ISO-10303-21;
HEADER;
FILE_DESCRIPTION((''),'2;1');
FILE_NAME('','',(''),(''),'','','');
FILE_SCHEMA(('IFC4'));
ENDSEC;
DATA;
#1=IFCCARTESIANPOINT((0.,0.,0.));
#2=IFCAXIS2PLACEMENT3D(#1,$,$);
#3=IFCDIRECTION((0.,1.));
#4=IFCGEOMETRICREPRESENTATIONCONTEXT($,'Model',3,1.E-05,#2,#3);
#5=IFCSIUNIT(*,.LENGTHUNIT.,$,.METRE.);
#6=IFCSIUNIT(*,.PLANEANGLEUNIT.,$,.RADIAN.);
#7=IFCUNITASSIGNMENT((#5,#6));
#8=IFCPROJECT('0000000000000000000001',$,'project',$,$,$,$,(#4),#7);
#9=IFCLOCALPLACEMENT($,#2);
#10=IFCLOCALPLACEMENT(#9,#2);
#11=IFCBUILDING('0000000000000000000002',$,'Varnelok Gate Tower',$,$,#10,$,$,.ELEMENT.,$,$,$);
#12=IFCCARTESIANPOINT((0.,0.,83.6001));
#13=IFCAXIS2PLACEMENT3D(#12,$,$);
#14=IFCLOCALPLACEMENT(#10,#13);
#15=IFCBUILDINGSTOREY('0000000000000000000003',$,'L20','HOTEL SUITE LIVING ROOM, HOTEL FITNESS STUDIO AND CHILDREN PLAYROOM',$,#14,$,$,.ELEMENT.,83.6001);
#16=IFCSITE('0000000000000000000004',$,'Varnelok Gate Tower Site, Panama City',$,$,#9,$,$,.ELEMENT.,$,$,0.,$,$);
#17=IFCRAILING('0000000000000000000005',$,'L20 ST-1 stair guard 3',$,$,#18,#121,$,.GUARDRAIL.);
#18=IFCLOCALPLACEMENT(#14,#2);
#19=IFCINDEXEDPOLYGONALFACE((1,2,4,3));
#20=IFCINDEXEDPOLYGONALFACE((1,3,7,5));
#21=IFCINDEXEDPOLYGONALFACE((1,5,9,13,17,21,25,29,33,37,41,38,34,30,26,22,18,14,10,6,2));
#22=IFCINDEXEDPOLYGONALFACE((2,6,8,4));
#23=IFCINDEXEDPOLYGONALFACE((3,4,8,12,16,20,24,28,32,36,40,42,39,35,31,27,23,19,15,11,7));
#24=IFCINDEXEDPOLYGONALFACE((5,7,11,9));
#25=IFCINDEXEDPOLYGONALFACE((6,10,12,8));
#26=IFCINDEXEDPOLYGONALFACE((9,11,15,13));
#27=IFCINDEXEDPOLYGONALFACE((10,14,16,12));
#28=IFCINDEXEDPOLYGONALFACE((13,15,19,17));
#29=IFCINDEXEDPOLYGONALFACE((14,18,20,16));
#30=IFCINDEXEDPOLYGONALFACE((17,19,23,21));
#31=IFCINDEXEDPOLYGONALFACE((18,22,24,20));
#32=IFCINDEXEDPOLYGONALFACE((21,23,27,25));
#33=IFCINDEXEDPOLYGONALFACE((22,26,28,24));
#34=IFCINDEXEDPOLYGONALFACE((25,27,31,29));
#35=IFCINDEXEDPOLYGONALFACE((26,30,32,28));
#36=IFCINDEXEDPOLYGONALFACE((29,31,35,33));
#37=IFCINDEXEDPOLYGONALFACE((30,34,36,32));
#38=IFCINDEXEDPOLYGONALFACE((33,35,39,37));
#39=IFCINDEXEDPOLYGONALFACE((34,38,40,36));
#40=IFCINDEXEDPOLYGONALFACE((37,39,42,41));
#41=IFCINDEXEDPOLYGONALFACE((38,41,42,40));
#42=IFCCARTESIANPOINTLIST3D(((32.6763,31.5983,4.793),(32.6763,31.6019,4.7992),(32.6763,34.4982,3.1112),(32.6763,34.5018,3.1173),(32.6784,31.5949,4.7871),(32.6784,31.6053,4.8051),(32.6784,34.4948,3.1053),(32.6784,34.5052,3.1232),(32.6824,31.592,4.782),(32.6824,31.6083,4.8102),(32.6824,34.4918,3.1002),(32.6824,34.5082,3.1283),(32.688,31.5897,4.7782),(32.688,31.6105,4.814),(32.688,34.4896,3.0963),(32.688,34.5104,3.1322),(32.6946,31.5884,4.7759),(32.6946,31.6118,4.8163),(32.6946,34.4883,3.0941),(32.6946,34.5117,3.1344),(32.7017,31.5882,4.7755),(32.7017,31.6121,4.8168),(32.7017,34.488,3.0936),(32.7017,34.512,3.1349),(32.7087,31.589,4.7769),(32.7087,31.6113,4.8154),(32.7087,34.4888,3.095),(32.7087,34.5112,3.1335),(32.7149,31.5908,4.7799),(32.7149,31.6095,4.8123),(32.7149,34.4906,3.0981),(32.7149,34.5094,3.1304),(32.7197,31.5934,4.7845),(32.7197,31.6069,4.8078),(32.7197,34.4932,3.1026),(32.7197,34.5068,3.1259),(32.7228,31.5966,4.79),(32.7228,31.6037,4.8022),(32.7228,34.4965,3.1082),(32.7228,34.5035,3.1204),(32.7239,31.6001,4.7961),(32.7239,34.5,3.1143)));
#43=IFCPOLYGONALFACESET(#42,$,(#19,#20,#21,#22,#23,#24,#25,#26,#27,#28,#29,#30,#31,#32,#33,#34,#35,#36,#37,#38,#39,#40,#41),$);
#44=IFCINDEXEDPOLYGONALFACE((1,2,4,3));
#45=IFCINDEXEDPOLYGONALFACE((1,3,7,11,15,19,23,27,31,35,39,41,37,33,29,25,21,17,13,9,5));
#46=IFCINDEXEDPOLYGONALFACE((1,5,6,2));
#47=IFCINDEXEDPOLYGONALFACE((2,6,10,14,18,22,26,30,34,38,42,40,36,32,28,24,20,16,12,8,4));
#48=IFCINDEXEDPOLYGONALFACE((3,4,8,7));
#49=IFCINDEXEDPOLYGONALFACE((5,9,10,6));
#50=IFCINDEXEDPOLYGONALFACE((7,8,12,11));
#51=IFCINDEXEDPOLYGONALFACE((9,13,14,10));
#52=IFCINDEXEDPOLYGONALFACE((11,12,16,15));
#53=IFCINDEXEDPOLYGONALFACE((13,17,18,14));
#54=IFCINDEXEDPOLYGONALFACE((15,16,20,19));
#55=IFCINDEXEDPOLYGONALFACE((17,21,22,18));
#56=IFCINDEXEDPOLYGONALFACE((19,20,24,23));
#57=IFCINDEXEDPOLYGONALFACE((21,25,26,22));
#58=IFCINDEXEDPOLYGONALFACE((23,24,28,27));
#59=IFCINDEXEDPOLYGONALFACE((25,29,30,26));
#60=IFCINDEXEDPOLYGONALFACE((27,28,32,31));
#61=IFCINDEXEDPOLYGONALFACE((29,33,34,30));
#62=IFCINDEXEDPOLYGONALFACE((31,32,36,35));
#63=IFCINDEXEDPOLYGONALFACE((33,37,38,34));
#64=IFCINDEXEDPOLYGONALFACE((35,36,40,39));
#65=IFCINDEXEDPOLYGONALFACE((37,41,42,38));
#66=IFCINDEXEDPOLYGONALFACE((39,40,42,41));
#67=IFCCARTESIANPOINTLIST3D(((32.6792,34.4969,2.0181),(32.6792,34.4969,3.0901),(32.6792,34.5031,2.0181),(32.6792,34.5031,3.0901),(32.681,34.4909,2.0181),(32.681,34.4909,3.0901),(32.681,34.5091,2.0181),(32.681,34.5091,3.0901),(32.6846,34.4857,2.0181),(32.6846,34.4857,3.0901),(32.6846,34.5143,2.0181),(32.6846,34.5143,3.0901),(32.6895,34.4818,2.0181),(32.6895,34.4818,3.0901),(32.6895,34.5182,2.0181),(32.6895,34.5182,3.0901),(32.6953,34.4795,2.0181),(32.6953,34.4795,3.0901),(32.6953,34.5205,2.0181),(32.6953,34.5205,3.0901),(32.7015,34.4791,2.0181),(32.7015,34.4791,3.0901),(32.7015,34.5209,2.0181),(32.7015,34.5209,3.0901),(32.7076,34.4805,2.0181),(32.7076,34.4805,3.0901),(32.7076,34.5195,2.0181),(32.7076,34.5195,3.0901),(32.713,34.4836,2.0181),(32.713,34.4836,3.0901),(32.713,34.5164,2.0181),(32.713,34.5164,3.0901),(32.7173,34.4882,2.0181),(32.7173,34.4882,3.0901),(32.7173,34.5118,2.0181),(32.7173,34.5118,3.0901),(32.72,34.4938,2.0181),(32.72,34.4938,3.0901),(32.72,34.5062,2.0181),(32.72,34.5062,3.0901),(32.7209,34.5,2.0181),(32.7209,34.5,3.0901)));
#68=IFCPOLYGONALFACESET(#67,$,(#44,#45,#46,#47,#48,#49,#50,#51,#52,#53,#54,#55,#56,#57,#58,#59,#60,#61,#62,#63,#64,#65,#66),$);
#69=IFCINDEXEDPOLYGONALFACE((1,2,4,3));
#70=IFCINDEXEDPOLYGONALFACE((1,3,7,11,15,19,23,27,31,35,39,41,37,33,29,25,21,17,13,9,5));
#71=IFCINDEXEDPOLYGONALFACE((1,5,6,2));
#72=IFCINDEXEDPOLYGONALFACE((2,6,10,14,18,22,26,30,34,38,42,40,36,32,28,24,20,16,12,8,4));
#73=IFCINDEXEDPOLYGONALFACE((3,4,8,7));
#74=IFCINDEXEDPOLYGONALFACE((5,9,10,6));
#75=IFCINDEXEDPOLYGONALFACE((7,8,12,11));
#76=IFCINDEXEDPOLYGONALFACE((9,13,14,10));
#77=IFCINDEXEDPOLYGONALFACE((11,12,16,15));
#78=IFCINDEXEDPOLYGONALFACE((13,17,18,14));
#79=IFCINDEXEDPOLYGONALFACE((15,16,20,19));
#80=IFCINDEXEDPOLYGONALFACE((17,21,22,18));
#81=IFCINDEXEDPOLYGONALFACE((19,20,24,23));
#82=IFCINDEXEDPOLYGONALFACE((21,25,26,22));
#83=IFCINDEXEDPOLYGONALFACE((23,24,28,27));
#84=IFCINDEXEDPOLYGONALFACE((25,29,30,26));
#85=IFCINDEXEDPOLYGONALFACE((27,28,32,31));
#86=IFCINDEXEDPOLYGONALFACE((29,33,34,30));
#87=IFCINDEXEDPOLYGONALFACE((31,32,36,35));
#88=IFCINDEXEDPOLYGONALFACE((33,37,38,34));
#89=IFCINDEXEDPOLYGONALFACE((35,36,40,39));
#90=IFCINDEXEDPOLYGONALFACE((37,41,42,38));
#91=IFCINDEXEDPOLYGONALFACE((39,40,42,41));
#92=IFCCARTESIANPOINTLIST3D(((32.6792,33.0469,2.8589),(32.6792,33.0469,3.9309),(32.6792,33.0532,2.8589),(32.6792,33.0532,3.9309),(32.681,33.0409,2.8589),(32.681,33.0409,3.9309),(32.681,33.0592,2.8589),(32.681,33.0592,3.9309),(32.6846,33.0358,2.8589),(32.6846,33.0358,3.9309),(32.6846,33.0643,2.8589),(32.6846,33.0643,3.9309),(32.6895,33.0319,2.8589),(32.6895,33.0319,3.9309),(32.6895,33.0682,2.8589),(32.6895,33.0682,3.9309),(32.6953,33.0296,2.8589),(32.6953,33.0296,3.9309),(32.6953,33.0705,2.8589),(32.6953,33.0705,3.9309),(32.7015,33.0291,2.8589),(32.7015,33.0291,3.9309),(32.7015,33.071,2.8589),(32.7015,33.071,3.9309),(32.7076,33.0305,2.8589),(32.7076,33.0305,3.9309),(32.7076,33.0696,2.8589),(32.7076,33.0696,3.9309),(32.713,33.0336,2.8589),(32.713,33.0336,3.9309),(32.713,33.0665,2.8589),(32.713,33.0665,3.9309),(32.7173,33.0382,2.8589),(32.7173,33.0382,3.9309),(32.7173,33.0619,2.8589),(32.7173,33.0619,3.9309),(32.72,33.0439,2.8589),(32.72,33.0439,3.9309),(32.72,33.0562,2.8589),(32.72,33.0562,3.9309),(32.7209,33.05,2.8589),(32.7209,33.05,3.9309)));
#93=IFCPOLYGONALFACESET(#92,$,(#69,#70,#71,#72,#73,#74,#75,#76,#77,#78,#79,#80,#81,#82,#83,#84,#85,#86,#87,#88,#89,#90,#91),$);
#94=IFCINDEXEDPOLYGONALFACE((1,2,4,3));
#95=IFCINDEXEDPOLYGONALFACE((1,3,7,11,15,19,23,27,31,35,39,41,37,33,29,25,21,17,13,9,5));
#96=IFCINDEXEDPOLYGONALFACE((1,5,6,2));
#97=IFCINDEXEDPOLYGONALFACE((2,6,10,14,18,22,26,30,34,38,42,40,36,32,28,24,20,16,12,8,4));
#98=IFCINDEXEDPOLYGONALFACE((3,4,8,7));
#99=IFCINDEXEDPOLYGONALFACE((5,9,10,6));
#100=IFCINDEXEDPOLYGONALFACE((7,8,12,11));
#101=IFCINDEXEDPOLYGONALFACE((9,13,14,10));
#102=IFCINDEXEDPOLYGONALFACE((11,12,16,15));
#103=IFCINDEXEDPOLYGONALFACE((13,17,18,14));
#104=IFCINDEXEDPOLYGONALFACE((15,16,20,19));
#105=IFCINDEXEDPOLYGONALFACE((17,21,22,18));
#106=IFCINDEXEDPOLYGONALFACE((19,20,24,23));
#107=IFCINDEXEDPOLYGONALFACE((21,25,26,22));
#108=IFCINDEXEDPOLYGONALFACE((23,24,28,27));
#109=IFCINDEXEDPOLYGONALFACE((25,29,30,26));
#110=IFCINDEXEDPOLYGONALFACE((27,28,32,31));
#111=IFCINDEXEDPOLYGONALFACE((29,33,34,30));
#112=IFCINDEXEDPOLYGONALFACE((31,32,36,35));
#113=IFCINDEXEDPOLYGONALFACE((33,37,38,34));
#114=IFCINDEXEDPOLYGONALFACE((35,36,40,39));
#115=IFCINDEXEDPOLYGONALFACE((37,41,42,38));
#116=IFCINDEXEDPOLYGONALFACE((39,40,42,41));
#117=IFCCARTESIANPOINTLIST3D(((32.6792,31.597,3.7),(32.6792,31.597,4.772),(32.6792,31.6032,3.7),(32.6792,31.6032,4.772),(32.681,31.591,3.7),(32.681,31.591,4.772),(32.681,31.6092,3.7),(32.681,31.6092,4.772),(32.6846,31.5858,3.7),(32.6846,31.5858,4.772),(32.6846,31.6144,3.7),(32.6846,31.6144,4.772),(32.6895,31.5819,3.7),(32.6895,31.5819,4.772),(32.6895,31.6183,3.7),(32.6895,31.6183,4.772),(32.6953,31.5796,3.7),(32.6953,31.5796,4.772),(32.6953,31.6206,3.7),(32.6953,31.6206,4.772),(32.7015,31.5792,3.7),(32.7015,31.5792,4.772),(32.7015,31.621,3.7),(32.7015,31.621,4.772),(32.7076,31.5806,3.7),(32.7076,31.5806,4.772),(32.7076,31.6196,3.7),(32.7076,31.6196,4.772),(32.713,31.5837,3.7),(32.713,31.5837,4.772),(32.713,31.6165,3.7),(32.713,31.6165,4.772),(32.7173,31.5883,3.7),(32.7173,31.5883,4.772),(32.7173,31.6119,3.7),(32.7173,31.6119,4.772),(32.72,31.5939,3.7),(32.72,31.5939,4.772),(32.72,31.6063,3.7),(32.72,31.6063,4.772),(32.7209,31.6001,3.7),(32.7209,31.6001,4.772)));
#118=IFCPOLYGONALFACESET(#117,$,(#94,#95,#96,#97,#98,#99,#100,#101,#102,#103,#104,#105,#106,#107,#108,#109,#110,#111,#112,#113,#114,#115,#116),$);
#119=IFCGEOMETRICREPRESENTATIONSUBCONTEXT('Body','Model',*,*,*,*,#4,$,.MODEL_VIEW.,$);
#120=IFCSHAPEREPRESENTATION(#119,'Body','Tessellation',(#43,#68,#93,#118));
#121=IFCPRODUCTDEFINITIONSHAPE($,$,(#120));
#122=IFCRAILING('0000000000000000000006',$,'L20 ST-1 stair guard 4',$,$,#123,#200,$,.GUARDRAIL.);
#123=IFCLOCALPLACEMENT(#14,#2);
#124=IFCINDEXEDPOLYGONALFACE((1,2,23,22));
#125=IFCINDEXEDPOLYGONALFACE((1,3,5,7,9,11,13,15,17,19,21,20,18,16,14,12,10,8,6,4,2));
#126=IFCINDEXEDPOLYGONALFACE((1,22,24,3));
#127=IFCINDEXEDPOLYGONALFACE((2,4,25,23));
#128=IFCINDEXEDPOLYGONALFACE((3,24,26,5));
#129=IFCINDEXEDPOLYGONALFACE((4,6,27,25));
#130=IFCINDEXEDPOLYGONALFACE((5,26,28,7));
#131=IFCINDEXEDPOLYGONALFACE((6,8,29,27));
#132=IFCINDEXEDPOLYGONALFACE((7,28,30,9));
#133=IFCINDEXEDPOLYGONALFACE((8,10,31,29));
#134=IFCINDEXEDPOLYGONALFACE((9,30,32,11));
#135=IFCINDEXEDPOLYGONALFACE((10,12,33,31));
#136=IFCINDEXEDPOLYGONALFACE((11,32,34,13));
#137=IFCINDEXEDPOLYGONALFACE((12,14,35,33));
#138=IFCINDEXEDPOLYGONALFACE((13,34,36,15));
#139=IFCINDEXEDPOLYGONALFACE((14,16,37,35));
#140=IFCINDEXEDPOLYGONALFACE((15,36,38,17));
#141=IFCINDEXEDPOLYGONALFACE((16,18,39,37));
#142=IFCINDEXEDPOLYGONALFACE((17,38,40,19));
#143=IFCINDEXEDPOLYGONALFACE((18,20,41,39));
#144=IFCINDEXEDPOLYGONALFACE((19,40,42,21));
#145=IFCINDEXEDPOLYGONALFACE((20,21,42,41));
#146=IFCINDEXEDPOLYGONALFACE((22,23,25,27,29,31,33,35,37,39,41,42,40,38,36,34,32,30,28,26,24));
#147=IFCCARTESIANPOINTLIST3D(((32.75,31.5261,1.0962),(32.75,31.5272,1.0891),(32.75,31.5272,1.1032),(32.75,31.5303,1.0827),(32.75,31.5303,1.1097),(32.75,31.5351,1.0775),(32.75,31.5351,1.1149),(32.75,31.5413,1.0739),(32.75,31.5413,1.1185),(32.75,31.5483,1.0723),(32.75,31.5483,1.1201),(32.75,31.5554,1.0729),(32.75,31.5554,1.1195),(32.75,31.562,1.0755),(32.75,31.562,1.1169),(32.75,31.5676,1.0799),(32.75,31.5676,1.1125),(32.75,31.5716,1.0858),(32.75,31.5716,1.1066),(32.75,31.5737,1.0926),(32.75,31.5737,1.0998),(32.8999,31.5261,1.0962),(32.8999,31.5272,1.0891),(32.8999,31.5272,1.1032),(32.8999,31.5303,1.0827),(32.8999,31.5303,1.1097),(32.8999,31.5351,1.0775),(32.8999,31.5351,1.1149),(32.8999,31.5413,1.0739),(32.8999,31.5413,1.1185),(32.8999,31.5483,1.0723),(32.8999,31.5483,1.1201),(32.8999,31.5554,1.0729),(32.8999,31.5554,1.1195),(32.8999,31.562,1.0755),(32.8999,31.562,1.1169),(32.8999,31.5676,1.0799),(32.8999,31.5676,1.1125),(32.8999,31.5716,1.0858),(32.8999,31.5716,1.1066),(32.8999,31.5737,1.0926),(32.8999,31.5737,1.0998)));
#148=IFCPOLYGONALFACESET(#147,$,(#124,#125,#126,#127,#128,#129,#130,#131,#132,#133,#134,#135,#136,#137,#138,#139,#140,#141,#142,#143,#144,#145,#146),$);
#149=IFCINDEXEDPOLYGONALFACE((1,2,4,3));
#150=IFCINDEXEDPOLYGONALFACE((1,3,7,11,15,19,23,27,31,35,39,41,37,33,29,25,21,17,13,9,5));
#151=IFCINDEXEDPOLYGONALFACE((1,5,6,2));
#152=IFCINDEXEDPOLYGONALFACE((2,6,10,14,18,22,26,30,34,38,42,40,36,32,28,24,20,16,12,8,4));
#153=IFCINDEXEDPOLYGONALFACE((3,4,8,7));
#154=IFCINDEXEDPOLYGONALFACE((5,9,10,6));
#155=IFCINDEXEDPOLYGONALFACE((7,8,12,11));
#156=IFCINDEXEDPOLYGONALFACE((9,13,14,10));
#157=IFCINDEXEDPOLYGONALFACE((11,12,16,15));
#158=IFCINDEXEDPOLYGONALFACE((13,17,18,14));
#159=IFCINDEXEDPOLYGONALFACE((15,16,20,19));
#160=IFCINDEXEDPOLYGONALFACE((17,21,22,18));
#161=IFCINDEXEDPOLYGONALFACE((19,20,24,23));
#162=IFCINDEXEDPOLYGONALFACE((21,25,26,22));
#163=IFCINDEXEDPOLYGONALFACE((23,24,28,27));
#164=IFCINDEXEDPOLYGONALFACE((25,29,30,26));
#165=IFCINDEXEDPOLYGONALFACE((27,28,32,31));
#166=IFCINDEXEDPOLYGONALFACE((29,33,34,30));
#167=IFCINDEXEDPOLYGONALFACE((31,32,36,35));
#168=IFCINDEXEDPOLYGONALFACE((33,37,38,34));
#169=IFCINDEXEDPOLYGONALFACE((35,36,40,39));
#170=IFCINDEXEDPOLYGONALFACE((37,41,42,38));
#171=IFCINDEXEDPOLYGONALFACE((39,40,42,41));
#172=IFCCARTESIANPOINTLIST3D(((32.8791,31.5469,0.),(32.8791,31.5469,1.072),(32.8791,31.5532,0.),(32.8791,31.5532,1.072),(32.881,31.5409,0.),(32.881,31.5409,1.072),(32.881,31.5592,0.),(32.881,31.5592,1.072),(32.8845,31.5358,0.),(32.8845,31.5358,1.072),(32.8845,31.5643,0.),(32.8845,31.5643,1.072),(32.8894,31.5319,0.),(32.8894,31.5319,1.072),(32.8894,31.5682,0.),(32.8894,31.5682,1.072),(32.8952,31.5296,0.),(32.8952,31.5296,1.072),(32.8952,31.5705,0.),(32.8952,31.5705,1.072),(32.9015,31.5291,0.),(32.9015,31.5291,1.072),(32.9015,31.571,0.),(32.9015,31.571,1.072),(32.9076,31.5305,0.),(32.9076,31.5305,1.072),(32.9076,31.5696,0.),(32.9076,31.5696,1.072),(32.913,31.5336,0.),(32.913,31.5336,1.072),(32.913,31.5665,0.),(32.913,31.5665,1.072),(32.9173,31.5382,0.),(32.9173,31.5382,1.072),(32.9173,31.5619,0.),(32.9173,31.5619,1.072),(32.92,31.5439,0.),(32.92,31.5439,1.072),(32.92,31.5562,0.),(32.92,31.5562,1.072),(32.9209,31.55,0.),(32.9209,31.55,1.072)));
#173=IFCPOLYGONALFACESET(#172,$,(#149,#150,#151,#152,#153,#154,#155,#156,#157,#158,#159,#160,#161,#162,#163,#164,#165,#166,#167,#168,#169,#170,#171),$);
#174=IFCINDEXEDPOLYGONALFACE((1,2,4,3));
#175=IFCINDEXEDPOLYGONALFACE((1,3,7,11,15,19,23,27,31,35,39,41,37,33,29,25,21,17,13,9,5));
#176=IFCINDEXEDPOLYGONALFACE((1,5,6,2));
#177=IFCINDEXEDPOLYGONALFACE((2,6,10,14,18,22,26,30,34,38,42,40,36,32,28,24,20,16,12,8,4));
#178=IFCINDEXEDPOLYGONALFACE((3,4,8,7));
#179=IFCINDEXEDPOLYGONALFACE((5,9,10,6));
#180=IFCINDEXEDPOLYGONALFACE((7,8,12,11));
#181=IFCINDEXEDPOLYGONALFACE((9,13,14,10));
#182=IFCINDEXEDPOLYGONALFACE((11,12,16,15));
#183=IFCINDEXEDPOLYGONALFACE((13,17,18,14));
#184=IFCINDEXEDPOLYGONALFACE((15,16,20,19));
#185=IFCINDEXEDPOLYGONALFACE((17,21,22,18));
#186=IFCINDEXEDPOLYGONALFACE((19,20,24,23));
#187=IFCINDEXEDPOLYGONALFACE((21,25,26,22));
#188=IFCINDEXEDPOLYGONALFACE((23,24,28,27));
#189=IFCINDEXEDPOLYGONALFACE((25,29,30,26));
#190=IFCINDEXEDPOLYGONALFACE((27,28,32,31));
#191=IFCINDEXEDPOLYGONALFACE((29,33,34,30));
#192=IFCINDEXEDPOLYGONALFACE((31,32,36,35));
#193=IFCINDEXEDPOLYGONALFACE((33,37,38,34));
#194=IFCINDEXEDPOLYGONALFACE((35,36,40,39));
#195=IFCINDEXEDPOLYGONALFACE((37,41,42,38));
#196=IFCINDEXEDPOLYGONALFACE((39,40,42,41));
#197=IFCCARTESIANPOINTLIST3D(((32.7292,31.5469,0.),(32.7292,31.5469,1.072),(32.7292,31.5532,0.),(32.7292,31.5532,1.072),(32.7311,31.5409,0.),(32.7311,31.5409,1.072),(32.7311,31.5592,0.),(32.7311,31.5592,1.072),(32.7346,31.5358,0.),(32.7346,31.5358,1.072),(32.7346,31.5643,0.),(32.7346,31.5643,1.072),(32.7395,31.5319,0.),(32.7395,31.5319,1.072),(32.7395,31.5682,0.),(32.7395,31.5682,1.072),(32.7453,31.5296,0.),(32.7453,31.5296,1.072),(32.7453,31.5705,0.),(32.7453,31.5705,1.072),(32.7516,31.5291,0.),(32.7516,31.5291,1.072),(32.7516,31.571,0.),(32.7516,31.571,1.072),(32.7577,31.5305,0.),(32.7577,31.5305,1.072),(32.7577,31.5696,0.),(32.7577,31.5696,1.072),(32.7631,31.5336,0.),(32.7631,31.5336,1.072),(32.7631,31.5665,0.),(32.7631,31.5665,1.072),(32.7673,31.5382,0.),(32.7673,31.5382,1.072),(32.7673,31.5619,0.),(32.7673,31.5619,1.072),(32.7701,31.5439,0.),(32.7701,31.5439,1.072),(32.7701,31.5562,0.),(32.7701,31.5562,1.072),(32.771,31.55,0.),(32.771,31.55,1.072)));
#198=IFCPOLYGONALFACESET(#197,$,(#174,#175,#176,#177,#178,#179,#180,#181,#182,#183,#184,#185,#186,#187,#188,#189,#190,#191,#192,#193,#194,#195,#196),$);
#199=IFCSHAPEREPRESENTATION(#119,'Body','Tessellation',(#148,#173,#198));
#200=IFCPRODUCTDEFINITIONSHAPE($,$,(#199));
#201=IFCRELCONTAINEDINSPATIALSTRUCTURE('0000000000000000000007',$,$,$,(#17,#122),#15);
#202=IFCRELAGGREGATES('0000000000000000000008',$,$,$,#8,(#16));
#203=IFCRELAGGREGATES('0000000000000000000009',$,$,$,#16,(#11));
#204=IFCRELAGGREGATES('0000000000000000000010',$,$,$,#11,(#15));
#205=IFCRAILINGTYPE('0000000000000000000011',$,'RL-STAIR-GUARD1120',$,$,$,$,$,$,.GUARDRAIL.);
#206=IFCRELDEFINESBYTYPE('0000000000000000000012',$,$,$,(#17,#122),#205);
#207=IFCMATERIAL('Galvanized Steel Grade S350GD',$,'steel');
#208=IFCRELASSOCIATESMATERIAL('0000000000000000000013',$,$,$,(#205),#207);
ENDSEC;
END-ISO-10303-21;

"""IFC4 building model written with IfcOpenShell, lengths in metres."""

from ifc_helpers import new_model, si_unit, direction, frame, origin, origin_2d, place, context, subcontext, project, spatial, circle, extrude, material, type_object, element, save


model = new_model("IFC4")

# Units and contexts
model_context = context("Model", 3, precision=1e-05, world=origin(), true_north=direction((0.0, 1.0)))
body_context = subcontext(model_context, "Body", "Model", "MODEL_VIEW")
ifc_project = project(units=[si_unit("LENGTHUNIT", "METRE"), si_unit("PLANEANGLEUNIT", "RADIAN")], contexts=[model_context])

# Site, building, storey
site_placement = place(None, origin())
site = spatial("IfcSite", under=ifc_project, at=site_placement, Name="Varnelok Gate Tower Site, Panama City", CompositionType="ELEMENT", RefElevation=0.0)
building_placement = place(site_placement, origin())
building = spatial("IfcBuilding", under=site, at=building_placement, Name="Varnelok Gate Tower", CompositionType="ELEMENT")
storey_placement = place(building_placement, frame((0.0, 0.0, 83.6001)))
storey = spatial("IfcBuildingStorey", under=building, at=storey_placement, Name="L20", Description="HOTEL SUITE LIVING ROOM, HOTEL FITNESS STUDIO AND CHILDREN PLAYROOM", CompositionType="ELEMENT", Elevation=83.6001)

# Shared definitions
ifc_material_1 = material(Name="Galvanized Steel Grade S350GD", Category="steel")

# Railings
railing_type_1 = type_object("IfcRailingType", Name="RL-STAIR-GUARD1120", PredefinedType="GUARDRAIL", material=ifc_material_1)
railing_1_placement = place(storey_placement, frame((32.7, 34.5, 2.0181)))
element("IfcRailing", 1, at=railing_1_placement, inside=storey, type_object=railing_type_1, Name="L20 ST-1 stair guard 3", PredefinedType="GUARDRAIL", context=body_context, shape_type="SweptSolid", body=[
    extrude(circle(Radius=0.0239, at=origin_2d()), frame((0.0, 0.0, 1.0962), z_axis=(0.0, -0.865039, 0.501705), x_axis=(1.0, 0.0, 0.0)), (0.0, 0.0, 1.0), 3.3523),
    extrude(circle(Radius=0.021, at=origin_2d()), origin(), (0.0, 0.0, 1.0), 1.072),
    extrude(circle(Radius=0.021, at=origin_2d()), frame((0.0, -1.45, 0.8408)), (0.0, 0.0, 1.0), 1.072),
    extrude(circle(Radius=0.021, at=origin_2d()), frame((0.0, -2.8999, 1.6819)), (0.0, 0.0, 1.0), 1.072),
])
railing_2_placement = place(storey_placement, frame((32.8999, 31.55, 0.0)))
element("IfcRailing", 2, at=railing_2_placement, inside=storey, type_object=railing_type_1, Name="L20 ST-1 stair guard 4", PredefinedType="GUARDRAIL", context=body_context, shape_type="SweptSolid", body=[
    extrude(circle(Radius=0.0239, at=origin_2d()), frame((0.0, 0.0, 1.0962), z_axis=(-1.0, 0.0, 0.0), x_axis=(0.0, -1.0, 0.0)), (0.0, 0.0, 1.0), 0.1499),
    extrude(circle(Radius=0.021, at=origin_2d()), origin(), (0.0, 0.0, 1.0), 1.072),
    extrude(circle(Radius=0.021, at=origin_2d()), frame((-0.1499, 0.0, 0.0)), (0.0, 0.0, 1.0), 1.072),
])

save(model, "model.ifc")
